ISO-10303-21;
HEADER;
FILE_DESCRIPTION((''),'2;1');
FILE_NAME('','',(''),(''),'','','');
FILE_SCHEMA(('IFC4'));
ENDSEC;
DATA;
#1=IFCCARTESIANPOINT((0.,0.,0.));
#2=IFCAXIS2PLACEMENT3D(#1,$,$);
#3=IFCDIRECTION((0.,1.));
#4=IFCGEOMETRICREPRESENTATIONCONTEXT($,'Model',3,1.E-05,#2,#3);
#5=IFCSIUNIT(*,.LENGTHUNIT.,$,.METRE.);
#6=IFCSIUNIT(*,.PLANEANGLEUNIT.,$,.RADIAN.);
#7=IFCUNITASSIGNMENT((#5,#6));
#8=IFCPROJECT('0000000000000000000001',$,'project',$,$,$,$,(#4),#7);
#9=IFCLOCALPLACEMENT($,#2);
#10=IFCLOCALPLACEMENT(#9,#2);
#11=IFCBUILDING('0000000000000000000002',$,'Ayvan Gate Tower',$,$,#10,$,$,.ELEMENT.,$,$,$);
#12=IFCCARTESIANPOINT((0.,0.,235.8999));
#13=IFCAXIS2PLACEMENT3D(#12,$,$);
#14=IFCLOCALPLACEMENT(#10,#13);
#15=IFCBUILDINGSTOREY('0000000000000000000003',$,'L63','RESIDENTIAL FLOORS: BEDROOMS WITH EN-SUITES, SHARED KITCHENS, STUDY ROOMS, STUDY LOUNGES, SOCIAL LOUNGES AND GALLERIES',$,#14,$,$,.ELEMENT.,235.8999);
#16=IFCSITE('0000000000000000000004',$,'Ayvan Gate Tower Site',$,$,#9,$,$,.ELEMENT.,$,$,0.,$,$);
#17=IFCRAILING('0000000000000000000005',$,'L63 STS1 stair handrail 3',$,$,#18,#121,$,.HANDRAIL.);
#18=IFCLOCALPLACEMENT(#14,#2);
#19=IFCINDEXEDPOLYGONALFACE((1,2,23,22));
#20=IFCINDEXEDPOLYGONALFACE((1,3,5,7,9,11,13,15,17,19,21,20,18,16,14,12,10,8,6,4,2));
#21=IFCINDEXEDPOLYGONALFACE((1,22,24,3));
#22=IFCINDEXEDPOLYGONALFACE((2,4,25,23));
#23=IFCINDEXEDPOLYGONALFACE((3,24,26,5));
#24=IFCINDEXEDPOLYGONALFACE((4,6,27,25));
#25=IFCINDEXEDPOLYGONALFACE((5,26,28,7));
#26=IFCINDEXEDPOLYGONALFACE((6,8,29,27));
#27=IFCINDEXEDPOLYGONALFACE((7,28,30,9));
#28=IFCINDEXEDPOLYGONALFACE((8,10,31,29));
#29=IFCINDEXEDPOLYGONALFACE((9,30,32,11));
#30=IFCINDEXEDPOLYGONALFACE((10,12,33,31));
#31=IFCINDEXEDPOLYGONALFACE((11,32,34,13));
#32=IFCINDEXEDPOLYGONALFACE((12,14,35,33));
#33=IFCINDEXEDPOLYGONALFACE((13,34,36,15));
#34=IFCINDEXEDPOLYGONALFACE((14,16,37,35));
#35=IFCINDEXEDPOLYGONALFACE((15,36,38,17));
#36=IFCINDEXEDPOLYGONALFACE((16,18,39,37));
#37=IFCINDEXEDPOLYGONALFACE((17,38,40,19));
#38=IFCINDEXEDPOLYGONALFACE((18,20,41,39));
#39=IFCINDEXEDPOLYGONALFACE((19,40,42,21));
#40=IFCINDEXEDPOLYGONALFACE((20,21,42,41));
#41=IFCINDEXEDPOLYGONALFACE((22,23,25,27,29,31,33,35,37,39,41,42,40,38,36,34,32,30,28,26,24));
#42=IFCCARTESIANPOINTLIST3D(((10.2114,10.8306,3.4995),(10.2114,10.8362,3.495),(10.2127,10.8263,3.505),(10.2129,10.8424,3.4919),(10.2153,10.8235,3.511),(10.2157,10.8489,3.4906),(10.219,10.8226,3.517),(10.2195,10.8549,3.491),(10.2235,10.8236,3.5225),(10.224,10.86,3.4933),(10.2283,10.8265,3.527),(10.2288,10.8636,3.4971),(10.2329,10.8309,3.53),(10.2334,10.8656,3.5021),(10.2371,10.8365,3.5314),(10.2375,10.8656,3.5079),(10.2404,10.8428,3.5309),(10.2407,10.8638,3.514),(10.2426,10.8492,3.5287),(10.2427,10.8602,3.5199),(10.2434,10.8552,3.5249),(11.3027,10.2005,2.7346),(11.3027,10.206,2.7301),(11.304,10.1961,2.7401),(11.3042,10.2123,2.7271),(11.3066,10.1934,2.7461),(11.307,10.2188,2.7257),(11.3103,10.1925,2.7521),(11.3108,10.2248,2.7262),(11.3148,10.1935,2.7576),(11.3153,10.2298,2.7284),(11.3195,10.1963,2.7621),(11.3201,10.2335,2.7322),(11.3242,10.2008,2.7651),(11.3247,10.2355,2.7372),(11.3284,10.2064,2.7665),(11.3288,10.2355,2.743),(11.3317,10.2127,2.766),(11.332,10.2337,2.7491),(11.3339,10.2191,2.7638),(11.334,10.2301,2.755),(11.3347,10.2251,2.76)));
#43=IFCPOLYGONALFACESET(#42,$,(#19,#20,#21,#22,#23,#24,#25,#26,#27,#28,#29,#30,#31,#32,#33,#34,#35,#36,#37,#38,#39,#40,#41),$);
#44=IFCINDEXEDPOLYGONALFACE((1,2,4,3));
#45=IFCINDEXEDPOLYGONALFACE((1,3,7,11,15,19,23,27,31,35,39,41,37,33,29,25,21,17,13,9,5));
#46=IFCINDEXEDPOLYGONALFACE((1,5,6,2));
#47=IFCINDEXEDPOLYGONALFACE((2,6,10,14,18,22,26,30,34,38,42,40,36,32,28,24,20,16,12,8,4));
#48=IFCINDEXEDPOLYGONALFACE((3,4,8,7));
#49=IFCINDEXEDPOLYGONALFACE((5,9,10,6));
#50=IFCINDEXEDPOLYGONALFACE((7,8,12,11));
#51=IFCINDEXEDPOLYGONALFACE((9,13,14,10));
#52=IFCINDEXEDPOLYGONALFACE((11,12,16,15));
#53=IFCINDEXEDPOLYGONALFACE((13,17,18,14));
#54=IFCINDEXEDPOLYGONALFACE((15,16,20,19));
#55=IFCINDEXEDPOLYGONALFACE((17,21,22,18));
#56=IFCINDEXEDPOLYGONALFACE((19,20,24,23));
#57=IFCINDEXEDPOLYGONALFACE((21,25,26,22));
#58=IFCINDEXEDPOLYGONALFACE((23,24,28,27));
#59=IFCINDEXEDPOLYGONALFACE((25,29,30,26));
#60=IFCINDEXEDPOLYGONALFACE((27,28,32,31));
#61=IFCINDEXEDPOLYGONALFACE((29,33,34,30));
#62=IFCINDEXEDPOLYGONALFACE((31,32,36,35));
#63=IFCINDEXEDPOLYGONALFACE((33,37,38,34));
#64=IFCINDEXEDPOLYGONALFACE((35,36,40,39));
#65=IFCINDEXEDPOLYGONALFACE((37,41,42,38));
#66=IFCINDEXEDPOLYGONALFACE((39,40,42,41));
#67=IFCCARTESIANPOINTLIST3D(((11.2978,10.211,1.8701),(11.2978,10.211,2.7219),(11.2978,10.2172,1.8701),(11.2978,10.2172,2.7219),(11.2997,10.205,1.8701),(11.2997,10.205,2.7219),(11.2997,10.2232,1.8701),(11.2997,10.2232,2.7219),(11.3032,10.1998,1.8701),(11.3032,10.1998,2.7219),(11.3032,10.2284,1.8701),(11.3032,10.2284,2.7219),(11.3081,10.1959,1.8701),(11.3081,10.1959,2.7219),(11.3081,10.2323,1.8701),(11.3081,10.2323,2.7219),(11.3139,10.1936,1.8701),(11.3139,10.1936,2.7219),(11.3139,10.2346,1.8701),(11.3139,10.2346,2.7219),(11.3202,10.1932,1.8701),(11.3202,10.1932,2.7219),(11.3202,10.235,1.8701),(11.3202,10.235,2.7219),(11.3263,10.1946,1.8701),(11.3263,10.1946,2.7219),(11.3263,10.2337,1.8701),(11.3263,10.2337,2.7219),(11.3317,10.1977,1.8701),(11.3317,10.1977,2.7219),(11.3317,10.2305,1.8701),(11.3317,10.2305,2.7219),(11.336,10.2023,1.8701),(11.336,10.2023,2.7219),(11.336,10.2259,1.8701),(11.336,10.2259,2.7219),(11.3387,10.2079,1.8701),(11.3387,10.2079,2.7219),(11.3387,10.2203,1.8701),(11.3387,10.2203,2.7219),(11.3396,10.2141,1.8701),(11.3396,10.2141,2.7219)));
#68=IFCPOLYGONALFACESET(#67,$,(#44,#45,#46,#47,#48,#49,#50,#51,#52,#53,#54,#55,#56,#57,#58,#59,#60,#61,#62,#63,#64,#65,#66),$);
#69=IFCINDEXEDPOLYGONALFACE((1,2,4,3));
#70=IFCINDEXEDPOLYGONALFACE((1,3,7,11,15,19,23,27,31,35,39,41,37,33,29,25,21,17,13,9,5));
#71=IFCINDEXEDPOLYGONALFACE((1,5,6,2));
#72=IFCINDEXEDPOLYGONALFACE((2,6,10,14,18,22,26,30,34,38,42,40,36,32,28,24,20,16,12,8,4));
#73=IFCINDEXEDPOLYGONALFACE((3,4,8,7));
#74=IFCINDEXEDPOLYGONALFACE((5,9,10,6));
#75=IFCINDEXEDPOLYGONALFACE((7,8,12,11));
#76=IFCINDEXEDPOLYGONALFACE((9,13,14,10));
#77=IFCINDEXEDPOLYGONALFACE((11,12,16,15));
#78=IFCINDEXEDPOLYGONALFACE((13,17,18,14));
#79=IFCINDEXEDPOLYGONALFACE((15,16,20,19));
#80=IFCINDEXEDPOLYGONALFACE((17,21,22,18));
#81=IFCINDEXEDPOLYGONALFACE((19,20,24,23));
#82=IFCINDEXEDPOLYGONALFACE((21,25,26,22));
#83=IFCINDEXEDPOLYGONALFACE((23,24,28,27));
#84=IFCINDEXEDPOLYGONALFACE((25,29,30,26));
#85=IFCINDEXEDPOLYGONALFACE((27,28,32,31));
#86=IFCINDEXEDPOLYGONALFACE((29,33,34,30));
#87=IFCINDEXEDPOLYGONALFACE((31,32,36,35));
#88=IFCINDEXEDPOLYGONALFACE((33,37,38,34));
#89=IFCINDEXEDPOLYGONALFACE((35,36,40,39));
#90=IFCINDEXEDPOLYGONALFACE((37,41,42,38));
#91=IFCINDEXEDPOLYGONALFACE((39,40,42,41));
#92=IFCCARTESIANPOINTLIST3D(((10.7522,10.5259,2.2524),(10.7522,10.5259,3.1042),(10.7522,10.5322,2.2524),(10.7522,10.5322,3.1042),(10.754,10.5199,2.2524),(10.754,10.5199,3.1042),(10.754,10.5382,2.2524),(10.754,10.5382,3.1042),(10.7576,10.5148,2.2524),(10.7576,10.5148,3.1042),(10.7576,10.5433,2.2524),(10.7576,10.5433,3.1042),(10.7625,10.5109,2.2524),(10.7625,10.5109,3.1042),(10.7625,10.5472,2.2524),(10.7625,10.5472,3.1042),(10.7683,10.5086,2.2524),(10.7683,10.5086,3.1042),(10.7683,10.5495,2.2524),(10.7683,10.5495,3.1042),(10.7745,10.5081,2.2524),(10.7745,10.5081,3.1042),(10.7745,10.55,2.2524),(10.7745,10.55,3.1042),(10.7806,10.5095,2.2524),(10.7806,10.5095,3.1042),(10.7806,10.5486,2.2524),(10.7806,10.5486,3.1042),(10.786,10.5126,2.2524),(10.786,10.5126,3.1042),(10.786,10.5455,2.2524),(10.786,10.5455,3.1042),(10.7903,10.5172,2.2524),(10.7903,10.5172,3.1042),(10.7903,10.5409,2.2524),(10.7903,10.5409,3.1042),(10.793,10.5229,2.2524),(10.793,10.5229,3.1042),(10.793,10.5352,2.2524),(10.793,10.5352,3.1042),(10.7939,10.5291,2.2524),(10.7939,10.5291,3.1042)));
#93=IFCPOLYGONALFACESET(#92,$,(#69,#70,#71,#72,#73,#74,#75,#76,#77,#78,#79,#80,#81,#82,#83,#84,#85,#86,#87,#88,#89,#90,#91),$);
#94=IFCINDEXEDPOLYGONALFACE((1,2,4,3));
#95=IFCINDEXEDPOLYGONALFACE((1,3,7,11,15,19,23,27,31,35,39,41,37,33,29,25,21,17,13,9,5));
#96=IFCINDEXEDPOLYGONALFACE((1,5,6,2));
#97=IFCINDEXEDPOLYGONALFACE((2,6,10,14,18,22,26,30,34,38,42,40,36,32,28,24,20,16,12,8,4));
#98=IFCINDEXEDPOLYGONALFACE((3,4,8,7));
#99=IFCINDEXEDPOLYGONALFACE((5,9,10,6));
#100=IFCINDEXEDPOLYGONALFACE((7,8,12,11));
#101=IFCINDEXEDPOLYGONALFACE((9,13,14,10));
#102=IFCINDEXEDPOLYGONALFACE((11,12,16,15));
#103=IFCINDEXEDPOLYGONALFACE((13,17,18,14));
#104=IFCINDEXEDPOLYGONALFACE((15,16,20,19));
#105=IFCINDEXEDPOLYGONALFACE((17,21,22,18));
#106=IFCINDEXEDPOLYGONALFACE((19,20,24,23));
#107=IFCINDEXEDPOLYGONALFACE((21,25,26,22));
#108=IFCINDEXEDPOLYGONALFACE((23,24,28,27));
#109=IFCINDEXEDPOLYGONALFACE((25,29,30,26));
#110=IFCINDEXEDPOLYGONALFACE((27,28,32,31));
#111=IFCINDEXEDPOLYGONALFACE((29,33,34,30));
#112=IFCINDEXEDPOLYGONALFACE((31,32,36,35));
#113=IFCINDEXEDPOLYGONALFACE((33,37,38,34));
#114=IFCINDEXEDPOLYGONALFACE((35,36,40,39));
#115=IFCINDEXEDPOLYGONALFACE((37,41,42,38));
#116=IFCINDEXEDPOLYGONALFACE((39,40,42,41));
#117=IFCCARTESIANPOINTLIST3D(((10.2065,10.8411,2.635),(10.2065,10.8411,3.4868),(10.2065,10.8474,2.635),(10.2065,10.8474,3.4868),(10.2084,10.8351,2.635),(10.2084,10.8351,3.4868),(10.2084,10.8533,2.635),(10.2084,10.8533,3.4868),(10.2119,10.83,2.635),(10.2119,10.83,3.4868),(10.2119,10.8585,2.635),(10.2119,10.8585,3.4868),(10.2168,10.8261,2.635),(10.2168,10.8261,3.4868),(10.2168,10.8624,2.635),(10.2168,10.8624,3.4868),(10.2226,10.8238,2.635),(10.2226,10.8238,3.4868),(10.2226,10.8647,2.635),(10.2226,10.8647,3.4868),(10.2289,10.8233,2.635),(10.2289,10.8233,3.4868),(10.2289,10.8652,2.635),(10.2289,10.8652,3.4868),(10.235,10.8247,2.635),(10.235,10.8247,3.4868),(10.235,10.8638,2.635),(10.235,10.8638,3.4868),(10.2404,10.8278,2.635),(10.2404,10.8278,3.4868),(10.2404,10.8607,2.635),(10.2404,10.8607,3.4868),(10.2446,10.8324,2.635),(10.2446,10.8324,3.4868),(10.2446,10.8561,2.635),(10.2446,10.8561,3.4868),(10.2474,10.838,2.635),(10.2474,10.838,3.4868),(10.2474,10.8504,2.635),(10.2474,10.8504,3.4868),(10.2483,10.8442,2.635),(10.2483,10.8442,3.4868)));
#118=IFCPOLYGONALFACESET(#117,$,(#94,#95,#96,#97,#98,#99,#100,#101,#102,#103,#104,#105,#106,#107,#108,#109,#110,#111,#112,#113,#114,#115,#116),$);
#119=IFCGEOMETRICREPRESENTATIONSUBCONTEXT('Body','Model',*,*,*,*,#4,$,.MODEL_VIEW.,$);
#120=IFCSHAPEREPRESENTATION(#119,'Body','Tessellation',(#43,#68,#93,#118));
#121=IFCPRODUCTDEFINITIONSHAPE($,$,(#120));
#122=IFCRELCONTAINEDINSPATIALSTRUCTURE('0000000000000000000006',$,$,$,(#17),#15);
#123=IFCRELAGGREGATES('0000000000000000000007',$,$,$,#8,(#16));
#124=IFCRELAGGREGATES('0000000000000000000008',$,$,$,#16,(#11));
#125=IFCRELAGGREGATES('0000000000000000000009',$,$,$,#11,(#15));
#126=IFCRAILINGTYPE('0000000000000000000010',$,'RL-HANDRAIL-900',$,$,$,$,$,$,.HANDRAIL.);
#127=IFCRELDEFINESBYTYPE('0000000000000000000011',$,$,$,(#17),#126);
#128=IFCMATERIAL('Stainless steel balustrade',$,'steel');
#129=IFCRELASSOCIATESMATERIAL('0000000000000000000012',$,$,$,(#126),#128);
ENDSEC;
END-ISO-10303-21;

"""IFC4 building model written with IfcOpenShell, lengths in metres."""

from ifc_helpers import new_model, si_unit, direction, frame, origin, origin_2d, place, context, subcontext, project, spatial, circle, extrude, material, type_object, element, save


model = new_model("IFC4")

# Units and contexts
model_context = context("Model", 3, precision=1e-05, world=origin(), true_north=direction((0.0, 1.0)))
body_context = subcontext(model_context, "Body", "Model", "MODEL_VIEW")
ifc_project = project(units=[si_unit("LENGTHUNIT", "METRE"), si_unit("PLANEANGLEUNIT", "RADIAN")], contexts=[model_context])

# Site, building, storey
site_placement = place(None, origin())
site = spatial("IfcSite", under=ifc_project, at=site_placement, Name="Ayvan Gate Tower Site", CompositionType="ELEMENT", RefElevation=0.0)
building_placement = place(site_placement, origin())
building = spatial("IfcBuilding", under=site, at=building_placement, Name="Ayvan Gate Tower", CompositionType="ELEMENT")
storey_placement = place(building_placement, frame((0.0, 0.0, 235.8999)))
storey = spatial("IfcBuildingStorey", under=building, at=storey_placement, Name="L63", Description="RESIDENTIAL FLOORS: BEDROOMS WITH EN-SUITES, SHARED KITCHENS, STUDY ROOMS, STUDY LOUNGES, SOCIAL LOUNGES AND GALLERIES", CompositionType="ELEMENT", Elevation=235.8999)

# Railing
ifc_material_1 = material(Name="Stainless steel balustrade", Category="steel")
railing_type_1 = type_object("IfcRailingType", Name="RL-HANDRAIL-900", PredefinedType="HANDRAIL", material=ifc_material_1)
railing_1_placement = place(storey_placement, frame((11.3186, 10.2141, 1.8701)))
element("IfcRailing", 1, at=railing_1_placement, inside=storey, type_object=railing_type_1, Name="L63 STS1 stair handrail 3", PredefinedType="HANDRAIL", context=body_context, shape_type="SweptSolid", body=[
    extrude(circle(Radius=0.0239, at=origin_2d()), frame((0.0, 0.0, 0.876), z_axis=(-0.740304, 0.427455, 0.518875), x_axis=(-0.500035, -0.866005, 0.0)), (0.0, 0.0, 1.0), 1.4741),
    extrude(circle(Radius=0.021, at=origin_2d()), origin(), (0.0, 0.0, 1.0), 0.8518),
    extrude(circle(Radius=0.021, at=origin_2d()), frame((-0.5457, 0.3149, 0.3823)), (0.0, 0.0, 1.0), 0.8518),
    extrude(circle(Radius=0.021, at=origin_2d()), frame((-1.0913, 0.6301, 0.7649)), (0.0, 0.0, 1.0), 0.8518),
])

save(model, "model.ifc")
